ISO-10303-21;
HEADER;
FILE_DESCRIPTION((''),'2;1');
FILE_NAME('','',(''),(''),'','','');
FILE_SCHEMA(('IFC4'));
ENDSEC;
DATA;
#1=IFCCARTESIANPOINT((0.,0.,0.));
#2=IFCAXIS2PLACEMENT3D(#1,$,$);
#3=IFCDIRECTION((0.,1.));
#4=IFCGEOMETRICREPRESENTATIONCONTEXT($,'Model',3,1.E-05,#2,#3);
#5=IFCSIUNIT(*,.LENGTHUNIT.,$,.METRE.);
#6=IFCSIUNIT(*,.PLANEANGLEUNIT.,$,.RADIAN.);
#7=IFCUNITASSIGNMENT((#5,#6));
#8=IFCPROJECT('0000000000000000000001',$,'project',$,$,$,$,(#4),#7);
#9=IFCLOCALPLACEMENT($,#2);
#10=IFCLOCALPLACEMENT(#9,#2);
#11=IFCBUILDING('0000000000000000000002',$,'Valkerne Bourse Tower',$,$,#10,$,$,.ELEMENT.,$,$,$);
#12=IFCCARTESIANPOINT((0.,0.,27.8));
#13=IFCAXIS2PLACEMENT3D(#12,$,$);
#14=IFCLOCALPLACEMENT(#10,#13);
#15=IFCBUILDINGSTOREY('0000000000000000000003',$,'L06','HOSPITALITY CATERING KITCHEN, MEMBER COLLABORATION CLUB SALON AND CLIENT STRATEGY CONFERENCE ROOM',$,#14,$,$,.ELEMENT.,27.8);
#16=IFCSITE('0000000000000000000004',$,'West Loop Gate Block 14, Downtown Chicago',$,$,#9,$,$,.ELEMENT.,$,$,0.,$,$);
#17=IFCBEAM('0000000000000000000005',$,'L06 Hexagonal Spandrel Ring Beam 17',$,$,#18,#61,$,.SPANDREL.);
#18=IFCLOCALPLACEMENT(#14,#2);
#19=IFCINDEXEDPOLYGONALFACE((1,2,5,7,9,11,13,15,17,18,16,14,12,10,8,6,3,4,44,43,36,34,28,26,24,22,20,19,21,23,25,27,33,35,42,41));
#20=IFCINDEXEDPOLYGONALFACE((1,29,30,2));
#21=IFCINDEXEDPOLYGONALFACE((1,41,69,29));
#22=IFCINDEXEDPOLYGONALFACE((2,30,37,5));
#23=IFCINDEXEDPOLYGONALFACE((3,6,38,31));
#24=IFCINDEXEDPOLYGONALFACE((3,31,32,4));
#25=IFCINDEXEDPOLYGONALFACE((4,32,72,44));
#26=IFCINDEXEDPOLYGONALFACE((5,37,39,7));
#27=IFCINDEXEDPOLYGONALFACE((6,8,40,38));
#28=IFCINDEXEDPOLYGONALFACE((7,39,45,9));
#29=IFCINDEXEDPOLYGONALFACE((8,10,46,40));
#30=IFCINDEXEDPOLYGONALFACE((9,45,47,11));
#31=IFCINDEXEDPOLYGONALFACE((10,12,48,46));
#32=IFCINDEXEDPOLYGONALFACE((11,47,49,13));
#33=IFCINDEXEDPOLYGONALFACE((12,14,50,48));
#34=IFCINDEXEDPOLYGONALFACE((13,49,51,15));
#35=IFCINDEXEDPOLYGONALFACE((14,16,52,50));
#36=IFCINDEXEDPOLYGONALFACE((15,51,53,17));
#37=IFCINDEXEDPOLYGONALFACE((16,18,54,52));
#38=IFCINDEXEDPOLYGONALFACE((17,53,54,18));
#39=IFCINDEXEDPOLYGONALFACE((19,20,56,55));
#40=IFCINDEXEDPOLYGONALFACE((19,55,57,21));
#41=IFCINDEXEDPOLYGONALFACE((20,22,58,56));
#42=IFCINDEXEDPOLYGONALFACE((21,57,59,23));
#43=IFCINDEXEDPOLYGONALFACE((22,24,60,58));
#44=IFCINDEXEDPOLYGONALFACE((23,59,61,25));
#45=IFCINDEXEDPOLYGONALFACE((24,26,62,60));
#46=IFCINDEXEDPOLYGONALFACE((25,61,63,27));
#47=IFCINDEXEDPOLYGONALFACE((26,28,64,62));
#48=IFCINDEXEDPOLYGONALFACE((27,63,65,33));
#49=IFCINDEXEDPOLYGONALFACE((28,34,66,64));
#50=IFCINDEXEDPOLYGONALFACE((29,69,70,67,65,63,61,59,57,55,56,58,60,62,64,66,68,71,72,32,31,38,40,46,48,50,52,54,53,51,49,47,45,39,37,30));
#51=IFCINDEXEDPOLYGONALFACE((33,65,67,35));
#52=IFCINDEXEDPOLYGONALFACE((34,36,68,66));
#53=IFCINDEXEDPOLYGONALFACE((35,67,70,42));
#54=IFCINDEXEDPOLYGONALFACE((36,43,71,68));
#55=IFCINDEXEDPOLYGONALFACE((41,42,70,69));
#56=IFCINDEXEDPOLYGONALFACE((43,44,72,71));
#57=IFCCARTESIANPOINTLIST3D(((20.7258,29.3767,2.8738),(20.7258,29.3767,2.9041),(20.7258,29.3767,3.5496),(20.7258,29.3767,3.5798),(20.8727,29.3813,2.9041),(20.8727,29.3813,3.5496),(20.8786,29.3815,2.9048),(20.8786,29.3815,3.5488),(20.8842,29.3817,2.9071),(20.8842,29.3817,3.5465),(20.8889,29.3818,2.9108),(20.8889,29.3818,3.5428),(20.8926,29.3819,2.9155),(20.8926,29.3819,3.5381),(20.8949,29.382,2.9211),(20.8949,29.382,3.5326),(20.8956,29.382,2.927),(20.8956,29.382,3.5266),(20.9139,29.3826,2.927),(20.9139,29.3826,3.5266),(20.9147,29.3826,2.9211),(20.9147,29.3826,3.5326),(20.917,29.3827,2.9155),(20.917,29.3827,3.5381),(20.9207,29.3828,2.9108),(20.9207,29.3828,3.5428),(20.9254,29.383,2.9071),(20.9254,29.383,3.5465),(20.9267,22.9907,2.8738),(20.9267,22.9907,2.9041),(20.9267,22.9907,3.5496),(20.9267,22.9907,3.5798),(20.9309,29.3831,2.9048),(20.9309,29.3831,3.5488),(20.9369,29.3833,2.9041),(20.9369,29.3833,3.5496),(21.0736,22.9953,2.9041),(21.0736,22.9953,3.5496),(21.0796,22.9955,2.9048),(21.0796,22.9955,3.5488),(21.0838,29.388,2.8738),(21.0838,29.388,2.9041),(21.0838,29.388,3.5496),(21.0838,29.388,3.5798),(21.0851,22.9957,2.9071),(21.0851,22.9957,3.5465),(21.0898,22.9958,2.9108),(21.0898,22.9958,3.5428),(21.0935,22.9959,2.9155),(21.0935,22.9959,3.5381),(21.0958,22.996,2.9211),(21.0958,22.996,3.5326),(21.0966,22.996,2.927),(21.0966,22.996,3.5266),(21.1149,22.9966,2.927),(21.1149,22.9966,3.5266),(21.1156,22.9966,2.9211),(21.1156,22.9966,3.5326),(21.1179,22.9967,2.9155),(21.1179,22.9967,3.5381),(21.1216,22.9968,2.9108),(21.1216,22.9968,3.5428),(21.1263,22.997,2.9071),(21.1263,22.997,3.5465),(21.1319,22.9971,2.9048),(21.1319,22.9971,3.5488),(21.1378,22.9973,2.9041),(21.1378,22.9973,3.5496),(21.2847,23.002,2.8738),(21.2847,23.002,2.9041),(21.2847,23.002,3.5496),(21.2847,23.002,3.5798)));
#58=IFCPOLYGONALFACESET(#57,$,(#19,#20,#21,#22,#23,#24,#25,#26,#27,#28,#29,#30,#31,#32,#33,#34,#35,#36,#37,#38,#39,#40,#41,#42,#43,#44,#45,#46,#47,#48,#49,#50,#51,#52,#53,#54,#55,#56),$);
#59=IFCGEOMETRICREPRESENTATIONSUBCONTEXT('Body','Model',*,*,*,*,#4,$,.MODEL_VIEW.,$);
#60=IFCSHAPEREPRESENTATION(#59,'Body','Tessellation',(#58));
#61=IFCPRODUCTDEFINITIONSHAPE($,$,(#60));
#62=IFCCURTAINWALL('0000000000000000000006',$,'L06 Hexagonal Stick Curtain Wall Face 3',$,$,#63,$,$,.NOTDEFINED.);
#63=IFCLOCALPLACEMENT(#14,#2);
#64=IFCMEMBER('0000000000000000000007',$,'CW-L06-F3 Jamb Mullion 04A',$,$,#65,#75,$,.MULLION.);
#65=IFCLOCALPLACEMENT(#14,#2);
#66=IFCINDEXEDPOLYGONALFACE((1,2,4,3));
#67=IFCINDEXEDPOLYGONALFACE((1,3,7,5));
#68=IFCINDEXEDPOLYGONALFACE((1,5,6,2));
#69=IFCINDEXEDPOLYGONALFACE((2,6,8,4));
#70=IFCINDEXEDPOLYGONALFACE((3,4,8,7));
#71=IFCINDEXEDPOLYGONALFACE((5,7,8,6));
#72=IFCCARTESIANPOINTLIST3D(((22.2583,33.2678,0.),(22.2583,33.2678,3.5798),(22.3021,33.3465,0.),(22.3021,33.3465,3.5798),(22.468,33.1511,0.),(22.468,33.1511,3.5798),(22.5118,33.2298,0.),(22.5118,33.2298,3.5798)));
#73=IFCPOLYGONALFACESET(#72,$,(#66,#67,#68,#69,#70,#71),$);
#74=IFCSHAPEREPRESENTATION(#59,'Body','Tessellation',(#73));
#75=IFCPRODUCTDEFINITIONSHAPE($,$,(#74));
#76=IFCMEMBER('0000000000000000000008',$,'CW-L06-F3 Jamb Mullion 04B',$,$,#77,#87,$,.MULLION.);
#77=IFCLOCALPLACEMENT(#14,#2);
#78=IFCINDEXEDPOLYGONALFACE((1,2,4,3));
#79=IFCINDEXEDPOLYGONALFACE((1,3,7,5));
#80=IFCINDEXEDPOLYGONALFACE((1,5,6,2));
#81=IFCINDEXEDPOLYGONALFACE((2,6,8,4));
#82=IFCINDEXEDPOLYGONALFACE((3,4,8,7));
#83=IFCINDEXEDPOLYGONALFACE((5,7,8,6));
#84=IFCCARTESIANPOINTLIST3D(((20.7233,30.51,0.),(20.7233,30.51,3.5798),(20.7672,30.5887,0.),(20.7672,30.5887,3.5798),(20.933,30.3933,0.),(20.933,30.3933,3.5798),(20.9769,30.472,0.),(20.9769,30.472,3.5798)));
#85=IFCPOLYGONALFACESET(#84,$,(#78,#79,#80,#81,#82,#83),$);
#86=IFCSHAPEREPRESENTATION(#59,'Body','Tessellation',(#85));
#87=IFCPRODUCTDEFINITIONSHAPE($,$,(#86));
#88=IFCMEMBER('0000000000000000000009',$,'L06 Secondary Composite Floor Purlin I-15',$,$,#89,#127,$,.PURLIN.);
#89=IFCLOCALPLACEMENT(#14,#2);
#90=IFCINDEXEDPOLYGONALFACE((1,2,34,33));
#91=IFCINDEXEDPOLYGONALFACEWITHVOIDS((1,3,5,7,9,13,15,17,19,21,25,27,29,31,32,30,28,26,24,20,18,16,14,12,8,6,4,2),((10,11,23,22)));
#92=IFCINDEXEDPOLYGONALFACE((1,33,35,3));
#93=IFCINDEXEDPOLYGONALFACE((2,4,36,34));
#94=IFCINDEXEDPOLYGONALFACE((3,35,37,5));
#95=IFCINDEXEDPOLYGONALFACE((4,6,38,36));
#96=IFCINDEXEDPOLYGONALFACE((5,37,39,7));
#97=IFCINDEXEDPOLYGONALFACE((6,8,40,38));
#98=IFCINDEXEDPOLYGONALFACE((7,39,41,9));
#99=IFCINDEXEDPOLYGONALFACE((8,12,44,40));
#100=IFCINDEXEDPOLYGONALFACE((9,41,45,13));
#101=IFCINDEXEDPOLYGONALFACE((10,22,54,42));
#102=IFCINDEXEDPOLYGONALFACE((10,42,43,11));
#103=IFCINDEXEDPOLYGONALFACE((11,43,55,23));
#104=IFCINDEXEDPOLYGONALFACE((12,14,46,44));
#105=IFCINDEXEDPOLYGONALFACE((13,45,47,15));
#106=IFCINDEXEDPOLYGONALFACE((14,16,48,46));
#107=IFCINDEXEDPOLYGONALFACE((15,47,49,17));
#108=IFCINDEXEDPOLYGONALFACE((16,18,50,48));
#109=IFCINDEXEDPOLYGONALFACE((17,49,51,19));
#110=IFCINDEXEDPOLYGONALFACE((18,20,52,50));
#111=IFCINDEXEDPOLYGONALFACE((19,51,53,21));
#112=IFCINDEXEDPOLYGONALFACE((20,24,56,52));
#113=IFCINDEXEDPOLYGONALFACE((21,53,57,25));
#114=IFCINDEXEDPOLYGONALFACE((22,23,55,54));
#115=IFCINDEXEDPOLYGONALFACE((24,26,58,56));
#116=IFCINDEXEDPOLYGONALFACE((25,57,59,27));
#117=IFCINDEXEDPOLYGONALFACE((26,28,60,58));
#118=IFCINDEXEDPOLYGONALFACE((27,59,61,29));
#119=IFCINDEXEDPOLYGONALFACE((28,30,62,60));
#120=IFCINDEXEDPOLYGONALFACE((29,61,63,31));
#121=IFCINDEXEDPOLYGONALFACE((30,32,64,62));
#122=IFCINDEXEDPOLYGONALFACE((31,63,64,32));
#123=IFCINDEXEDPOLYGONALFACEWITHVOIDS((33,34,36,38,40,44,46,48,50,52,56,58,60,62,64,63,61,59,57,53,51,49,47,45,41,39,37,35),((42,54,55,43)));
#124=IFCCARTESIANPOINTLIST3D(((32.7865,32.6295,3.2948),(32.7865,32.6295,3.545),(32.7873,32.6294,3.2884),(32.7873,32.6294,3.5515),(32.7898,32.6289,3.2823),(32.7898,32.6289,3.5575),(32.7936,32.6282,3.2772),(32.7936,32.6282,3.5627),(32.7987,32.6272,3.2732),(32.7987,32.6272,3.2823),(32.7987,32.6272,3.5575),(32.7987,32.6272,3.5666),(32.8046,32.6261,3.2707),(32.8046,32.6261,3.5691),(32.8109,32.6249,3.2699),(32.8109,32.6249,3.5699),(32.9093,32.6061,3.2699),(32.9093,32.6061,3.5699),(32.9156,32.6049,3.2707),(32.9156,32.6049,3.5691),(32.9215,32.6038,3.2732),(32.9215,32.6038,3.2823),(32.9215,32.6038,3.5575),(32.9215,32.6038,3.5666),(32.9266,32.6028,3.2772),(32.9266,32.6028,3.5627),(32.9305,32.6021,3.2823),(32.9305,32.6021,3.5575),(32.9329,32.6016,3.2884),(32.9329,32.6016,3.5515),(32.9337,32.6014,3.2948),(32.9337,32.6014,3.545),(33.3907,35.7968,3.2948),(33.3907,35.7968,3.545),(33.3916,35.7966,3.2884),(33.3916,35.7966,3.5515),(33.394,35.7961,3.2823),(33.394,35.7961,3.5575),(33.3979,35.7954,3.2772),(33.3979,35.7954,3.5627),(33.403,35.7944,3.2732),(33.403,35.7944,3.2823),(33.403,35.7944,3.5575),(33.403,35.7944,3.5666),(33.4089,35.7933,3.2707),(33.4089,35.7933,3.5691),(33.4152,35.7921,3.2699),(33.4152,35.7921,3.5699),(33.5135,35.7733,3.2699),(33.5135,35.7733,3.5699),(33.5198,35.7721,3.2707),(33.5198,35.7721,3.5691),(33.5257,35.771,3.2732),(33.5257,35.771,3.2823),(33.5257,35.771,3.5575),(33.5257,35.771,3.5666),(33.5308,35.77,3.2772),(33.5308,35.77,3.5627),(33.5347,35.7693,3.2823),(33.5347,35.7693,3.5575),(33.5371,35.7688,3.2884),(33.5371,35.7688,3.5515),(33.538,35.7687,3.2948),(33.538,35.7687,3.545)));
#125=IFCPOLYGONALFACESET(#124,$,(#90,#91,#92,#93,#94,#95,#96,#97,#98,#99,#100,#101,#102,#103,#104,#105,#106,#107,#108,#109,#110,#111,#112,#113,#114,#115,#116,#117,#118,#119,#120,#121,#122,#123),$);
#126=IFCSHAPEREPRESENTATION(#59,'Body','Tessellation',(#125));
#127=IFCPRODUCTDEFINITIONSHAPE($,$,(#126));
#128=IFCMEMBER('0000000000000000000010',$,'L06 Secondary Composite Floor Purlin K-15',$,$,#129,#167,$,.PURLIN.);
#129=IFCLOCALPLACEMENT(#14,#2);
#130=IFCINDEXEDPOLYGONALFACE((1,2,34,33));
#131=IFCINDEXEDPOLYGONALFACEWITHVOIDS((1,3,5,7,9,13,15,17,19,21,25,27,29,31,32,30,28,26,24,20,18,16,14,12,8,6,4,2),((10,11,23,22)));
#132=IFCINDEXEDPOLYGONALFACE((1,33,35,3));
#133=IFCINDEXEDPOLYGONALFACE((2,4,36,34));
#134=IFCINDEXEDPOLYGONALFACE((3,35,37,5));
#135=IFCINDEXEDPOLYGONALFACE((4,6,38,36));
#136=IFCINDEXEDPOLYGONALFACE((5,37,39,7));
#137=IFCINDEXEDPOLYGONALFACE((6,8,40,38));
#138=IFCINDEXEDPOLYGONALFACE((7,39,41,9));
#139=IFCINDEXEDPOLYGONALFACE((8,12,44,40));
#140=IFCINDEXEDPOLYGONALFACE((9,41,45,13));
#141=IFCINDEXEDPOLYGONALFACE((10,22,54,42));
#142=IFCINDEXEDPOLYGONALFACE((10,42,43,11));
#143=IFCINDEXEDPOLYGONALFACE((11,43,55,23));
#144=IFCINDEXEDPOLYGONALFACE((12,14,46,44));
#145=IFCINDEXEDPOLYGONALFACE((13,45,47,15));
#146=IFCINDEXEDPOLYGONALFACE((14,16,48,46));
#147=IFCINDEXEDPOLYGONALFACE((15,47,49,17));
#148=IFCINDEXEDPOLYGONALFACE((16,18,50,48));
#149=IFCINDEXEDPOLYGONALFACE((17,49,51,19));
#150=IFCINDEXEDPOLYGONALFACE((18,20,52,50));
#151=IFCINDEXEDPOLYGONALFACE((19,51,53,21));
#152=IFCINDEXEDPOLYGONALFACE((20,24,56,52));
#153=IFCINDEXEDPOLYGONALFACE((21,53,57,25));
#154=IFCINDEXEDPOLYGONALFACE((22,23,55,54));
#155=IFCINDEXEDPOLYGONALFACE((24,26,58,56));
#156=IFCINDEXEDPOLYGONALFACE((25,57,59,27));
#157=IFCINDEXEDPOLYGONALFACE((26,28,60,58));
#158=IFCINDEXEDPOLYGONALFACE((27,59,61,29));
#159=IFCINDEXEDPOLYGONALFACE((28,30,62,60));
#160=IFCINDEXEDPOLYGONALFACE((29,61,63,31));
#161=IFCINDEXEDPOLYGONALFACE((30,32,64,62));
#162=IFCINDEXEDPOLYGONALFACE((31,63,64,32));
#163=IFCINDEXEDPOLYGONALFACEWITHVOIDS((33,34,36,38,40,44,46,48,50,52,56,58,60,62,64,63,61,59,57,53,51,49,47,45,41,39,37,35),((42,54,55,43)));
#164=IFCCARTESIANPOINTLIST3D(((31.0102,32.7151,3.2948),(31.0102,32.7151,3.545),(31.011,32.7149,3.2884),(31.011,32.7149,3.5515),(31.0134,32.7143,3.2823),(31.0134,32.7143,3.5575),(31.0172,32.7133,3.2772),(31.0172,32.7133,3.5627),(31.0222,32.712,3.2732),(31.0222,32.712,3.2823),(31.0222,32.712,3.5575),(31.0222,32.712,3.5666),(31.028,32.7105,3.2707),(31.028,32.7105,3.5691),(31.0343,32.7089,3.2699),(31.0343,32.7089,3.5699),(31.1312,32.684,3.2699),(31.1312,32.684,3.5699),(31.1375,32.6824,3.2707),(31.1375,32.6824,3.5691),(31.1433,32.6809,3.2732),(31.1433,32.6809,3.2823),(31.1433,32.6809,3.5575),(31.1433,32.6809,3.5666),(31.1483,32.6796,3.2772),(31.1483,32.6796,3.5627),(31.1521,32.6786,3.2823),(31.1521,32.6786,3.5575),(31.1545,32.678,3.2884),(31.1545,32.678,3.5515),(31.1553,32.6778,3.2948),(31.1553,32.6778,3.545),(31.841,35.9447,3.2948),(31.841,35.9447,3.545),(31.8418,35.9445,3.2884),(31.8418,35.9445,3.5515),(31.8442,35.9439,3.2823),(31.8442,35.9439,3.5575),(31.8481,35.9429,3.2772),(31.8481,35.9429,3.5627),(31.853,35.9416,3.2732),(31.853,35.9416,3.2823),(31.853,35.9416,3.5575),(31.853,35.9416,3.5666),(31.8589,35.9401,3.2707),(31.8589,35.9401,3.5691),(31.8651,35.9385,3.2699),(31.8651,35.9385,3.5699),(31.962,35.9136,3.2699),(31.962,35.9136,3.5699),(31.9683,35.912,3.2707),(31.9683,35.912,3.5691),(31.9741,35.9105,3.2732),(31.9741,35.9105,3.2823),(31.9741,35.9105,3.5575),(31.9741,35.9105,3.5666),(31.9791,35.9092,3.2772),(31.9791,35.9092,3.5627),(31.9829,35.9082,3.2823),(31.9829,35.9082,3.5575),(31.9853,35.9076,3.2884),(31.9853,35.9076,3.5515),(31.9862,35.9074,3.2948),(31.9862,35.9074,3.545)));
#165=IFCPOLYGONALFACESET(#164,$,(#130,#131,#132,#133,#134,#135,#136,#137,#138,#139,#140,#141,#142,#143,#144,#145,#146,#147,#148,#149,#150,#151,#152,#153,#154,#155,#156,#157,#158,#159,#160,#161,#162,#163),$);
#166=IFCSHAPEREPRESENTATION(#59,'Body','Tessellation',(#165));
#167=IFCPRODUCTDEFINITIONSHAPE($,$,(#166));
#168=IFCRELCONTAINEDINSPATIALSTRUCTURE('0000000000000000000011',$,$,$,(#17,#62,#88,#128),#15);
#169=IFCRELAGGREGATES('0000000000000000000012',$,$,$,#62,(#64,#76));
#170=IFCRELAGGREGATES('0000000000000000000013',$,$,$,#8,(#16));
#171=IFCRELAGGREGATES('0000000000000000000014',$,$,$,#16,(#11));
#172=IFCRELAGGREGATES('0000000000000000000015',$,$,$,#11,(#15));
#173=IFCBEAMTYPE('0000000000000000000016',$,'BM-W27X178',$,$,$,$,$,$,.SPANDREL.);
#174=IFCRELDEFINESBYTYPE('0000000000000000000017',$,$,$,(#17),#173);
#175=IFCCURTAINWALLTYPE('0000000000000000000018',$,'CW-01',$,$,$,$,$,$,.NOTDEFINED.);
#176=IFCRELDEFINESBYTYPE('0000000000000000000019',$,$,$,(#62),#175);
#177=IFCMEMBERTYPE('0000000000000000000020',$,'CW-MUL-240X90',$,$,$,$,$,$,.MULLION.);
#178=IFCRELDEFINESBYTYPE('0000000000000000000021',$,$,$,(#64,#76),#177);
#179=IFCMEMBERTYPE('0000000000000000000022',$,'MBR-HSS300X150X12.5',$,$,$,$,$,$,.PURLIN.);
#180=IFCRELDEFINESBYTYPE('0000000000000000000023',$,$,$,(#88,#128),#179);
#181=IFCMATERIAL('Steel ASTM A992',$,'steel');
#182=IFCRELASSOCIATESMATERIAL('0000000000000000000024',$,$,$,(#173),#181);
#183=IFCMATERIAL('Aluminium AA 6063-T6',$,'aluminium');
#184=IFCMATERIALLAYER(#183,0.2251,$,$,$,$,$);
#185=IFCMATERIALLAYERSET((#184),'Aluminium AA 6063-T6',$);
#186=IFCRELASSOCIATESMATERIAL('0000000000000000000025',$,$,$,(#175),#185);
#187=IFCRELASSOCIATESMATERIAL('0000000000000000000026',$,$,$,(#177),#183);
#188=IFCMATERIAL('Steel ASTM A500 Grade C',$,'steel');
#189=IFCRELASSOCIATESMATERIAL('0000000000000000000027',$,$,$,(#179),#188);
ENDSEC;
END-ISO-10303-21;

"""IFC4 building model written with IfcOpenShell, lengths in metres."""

from ifc_helpers import new_model, si_unit, direction, frame, origin, origin_2d, place, context, subcontext, project, spatial, rectangle, hollow_rectangle, i_section, extrude, material, layer, layer_set, material_profile, profile_set, type_object, element, aggregate, save


model = new_model("IFC4")

# Units and contexts
model_context = context("Model", 3, precision=1e-05, world=origin(), true_north=direction((0.0, 1.0)))
body_context = subcontext(model_context, "Body", "Model", "MODEL_VIEW")
ifc_project = project(units=[si_unit("LENGTHUNIT", "METRE"), si_unit("PLANEANGLEUNIT", "RADIAN")], contexts=[model_context])

# Site, building, storey
site_placement = place(None, origin())
site = spatial("IfcSite", under=ifc_project, at=site_placement, Name="West Loop Gate Block 14, Downtown Chicago", CompositionType="ELEMENT", RefElevation=0.0)
building_placement = place(site_placement, origin())
building = spatial("IfcBuilding", under=site, at=building_placement, Name="Valkerne Bourse Tower", CompositionType="ELEMENT")
storey_placement = place(building_placement, frame((0.0, 0.0, 27.8)))
storey = spatial("IfcBuildingStorey", under=building, at=storey_placement, Name="L06", Description="HOSPITALITY CATERING KITCHEN, MEMBER COLLABORATION CLUB SALON AND CLIENT STRATEGY CONFERENCE ROOM", CompositionType="ELEMENT", Elevation=27.8)

# Beam
ifc_material_1 = material(Name="Steel ASTM A992", Category="steel")
ifc_material_profile_1 = material_profile(ifc_material_1, i_section(OverallWidth=0.3582, OverallDepth=0.7061, WebThickness=0.0183, FlangeThickness=0.0303, FilletRadius=0.0229, at=origin_2d()), Name="W27X178")
ifc_profile_set_1 = profile_set([ifc_material_profile_1], Name="Steel ASTM A992")
beam_type_1 = type_object("IfcBeamType", Name="BM-W27X178", PredefinedType="SPANDREL", material=ifc_profile_set_1)
beam_1_placement = place(storey_placement, frame((20.9048, 29.3823, 3.2268), z_axis=(0.031448, -0.999505, 0.0), x_axis=(0.999505, 0.031448, 0.0)))
element("IfcBeam", 1, at=beam_1_placement, inside=storey, type_object=beam_type_1, Name="L06 Hexagonal Spandrel Ring Beam 17", PredefinedType="SPANDREL", context=body_context, shape_type="SweptSolid", body=[
    extrude(i_section(OverallWidth=0.3582, OverallDepth=0.7061, WebThickness=0.0183, FlangeThickness=0.0303, FilletRadius=0.0229, at=origin_2d()), origin(), (0.0, 0.0, 1.0), 6.3892),
])

# Curtain wall, members
ifc_material_2 = material(Name="Aluminium AA 6063-T6", Category="aluminium")
ifc_layer_1 = layer(ifc_material_2, 0.2251)
ifc_layer_set_1 = layer_set([ifc_layer_1], Name="Aluminium AA 6063-T6")
curtain_wall_type = type_object("IfcCurtainWallType", Name="CW-01", PredefinedType="NOTDEFINED", material=ifc_layer_set_1)
curtain_wall_placement = place(storey_placement, origin())
curtain_wall = element("IfcCurtainWall", 2, at=curtain_wall_placement, inside=storey, type_object=curtain_wall_type, Name="L06 Hexagonal Stick Curtain Wall Face 3", PredefinedType="NOTDEFINED")
ifc_material_profile_2 = material_profile(ifc_material_2, rectangle(XDim=0.0901, YDim=0.24, at=origin_2d()), Name="CWM-90X240")
ifc_profile_set_2 = profile_set([ifc_material_profile_2], Name="Aluminium AA 6063-T6")
member_type_1 = type_object("IfcMemberType", Name="CW-MUL-240X90", PredefinedType="MULLION", material=ifc_profile_set_2)
member_1_placement = place(storey_placement, frame((22.385, 33.2488, 0.0), z_axis=(0.0, 0.0, 1.0), x_axis=(-0.486335, -0.873772, 0.0)))
member_1 = element("IfcMember", 3, at=member_1_placement, type_object=member_type_1, Name="CW-L06-F3 Jamb Mullion 04A", PredefinedType="MULLION", context=body_context, shape_type="SweptSolid", body=[
    extrude(rectangle(XDim=0.0901, YDim=0.24, at=origin_2d()), origin(), (0.0, 0.0, 1.0), 3.5798),
])
member_2_placement = place(storey_placement, frame((20.8501, 30.491, 0.0), z_axis=(0.0, 0.0, 1.0), x_axis=(-0.486335, -0.873772, 0.0)))
member_2 = element("IfcMember", 4, at=member_2_placement, type_object=member_type_1, Name="CW-L06-F3 Jamb Mullion 04B", PredefinedType="MULLION", context=body_context, shape_type="SweptSolid", body=[
    extrude(rectangle(XDim=0.0901, YDim=0.24, at=origin_2d()), origin(), (0.0, 0.0, 1.0), 3.5798),
])

# Members
ifc_material_3 = material(Name="Steel ASTM A500 Grade C", Category="steel")
ifc_material_profile_3 = material_profile(ifc_material_3, hollow_rectangle(XDim=0.1499, YDim=0.3, WallThickness=0.0125, OuterFilletRadius=0.0249, at=origin_2d()), Name="HSS300X150X12.5")
ifc_profile_set_3 = profile_set([ifc_material_profile_3], Name="Steel ASTM A500 Grade C")
member_type_2 = type_object("IfcMemberType", Name="MBR-HSS300X150X12.5", PredefinedType="PURLIN", material=ifc_profile_set_3)
member_3_placement = place(storey_placement, frame((33.4644, 35.7827, 3.4199), z_axis=(-0.187401, -0.982284, 0.0), x_axis=(0.982284, -0.187401, 0.0)))
element("IfcMember", 5, at=member_3_placement, inside=storey, type_object=member_type_2, Name="L06 Secondary Composite Floor Purlin I-15", PredefinedType="PURLIN", context=body_context, shape_type="SweptSolid", body=[
    extrude(hollow_rectangle(XDim=0.1499, YDim=0.3, WallThickness=0.0125, OuterFilletRadius=0.0249, at=origin_2d()), origin(), (0.0, 0.0, 1.0), 3.2244),
])
member_4_placement = place(storey_placement, frame((31.9136, 35.926, 3.4199), z_axis=(-0.249145, -0.968466, 0.0), x_axis=(0.968466, -0.249145, 0.0)))
element("IfcMember", 6, at=member_4_placement, inside=storey, type_object=member_type_2, Name="L06 Secondary Composite Floor Purlin K-15", PredefinedType="PURLIN", context=body_context, shape_type="SweptSolid", body=[
    extrude(hollow_rectangle(XDim=0.1499, YDim=0.3, WallThickness=0.0125, OuterFilletRadius=0.0249, at=origin_2d()), origin(), (0.0, 0.0, 1.0), 3.3347),
])

aggregate(curtain_wall, [member_1, member_2])

save(model, "model.ifc")
